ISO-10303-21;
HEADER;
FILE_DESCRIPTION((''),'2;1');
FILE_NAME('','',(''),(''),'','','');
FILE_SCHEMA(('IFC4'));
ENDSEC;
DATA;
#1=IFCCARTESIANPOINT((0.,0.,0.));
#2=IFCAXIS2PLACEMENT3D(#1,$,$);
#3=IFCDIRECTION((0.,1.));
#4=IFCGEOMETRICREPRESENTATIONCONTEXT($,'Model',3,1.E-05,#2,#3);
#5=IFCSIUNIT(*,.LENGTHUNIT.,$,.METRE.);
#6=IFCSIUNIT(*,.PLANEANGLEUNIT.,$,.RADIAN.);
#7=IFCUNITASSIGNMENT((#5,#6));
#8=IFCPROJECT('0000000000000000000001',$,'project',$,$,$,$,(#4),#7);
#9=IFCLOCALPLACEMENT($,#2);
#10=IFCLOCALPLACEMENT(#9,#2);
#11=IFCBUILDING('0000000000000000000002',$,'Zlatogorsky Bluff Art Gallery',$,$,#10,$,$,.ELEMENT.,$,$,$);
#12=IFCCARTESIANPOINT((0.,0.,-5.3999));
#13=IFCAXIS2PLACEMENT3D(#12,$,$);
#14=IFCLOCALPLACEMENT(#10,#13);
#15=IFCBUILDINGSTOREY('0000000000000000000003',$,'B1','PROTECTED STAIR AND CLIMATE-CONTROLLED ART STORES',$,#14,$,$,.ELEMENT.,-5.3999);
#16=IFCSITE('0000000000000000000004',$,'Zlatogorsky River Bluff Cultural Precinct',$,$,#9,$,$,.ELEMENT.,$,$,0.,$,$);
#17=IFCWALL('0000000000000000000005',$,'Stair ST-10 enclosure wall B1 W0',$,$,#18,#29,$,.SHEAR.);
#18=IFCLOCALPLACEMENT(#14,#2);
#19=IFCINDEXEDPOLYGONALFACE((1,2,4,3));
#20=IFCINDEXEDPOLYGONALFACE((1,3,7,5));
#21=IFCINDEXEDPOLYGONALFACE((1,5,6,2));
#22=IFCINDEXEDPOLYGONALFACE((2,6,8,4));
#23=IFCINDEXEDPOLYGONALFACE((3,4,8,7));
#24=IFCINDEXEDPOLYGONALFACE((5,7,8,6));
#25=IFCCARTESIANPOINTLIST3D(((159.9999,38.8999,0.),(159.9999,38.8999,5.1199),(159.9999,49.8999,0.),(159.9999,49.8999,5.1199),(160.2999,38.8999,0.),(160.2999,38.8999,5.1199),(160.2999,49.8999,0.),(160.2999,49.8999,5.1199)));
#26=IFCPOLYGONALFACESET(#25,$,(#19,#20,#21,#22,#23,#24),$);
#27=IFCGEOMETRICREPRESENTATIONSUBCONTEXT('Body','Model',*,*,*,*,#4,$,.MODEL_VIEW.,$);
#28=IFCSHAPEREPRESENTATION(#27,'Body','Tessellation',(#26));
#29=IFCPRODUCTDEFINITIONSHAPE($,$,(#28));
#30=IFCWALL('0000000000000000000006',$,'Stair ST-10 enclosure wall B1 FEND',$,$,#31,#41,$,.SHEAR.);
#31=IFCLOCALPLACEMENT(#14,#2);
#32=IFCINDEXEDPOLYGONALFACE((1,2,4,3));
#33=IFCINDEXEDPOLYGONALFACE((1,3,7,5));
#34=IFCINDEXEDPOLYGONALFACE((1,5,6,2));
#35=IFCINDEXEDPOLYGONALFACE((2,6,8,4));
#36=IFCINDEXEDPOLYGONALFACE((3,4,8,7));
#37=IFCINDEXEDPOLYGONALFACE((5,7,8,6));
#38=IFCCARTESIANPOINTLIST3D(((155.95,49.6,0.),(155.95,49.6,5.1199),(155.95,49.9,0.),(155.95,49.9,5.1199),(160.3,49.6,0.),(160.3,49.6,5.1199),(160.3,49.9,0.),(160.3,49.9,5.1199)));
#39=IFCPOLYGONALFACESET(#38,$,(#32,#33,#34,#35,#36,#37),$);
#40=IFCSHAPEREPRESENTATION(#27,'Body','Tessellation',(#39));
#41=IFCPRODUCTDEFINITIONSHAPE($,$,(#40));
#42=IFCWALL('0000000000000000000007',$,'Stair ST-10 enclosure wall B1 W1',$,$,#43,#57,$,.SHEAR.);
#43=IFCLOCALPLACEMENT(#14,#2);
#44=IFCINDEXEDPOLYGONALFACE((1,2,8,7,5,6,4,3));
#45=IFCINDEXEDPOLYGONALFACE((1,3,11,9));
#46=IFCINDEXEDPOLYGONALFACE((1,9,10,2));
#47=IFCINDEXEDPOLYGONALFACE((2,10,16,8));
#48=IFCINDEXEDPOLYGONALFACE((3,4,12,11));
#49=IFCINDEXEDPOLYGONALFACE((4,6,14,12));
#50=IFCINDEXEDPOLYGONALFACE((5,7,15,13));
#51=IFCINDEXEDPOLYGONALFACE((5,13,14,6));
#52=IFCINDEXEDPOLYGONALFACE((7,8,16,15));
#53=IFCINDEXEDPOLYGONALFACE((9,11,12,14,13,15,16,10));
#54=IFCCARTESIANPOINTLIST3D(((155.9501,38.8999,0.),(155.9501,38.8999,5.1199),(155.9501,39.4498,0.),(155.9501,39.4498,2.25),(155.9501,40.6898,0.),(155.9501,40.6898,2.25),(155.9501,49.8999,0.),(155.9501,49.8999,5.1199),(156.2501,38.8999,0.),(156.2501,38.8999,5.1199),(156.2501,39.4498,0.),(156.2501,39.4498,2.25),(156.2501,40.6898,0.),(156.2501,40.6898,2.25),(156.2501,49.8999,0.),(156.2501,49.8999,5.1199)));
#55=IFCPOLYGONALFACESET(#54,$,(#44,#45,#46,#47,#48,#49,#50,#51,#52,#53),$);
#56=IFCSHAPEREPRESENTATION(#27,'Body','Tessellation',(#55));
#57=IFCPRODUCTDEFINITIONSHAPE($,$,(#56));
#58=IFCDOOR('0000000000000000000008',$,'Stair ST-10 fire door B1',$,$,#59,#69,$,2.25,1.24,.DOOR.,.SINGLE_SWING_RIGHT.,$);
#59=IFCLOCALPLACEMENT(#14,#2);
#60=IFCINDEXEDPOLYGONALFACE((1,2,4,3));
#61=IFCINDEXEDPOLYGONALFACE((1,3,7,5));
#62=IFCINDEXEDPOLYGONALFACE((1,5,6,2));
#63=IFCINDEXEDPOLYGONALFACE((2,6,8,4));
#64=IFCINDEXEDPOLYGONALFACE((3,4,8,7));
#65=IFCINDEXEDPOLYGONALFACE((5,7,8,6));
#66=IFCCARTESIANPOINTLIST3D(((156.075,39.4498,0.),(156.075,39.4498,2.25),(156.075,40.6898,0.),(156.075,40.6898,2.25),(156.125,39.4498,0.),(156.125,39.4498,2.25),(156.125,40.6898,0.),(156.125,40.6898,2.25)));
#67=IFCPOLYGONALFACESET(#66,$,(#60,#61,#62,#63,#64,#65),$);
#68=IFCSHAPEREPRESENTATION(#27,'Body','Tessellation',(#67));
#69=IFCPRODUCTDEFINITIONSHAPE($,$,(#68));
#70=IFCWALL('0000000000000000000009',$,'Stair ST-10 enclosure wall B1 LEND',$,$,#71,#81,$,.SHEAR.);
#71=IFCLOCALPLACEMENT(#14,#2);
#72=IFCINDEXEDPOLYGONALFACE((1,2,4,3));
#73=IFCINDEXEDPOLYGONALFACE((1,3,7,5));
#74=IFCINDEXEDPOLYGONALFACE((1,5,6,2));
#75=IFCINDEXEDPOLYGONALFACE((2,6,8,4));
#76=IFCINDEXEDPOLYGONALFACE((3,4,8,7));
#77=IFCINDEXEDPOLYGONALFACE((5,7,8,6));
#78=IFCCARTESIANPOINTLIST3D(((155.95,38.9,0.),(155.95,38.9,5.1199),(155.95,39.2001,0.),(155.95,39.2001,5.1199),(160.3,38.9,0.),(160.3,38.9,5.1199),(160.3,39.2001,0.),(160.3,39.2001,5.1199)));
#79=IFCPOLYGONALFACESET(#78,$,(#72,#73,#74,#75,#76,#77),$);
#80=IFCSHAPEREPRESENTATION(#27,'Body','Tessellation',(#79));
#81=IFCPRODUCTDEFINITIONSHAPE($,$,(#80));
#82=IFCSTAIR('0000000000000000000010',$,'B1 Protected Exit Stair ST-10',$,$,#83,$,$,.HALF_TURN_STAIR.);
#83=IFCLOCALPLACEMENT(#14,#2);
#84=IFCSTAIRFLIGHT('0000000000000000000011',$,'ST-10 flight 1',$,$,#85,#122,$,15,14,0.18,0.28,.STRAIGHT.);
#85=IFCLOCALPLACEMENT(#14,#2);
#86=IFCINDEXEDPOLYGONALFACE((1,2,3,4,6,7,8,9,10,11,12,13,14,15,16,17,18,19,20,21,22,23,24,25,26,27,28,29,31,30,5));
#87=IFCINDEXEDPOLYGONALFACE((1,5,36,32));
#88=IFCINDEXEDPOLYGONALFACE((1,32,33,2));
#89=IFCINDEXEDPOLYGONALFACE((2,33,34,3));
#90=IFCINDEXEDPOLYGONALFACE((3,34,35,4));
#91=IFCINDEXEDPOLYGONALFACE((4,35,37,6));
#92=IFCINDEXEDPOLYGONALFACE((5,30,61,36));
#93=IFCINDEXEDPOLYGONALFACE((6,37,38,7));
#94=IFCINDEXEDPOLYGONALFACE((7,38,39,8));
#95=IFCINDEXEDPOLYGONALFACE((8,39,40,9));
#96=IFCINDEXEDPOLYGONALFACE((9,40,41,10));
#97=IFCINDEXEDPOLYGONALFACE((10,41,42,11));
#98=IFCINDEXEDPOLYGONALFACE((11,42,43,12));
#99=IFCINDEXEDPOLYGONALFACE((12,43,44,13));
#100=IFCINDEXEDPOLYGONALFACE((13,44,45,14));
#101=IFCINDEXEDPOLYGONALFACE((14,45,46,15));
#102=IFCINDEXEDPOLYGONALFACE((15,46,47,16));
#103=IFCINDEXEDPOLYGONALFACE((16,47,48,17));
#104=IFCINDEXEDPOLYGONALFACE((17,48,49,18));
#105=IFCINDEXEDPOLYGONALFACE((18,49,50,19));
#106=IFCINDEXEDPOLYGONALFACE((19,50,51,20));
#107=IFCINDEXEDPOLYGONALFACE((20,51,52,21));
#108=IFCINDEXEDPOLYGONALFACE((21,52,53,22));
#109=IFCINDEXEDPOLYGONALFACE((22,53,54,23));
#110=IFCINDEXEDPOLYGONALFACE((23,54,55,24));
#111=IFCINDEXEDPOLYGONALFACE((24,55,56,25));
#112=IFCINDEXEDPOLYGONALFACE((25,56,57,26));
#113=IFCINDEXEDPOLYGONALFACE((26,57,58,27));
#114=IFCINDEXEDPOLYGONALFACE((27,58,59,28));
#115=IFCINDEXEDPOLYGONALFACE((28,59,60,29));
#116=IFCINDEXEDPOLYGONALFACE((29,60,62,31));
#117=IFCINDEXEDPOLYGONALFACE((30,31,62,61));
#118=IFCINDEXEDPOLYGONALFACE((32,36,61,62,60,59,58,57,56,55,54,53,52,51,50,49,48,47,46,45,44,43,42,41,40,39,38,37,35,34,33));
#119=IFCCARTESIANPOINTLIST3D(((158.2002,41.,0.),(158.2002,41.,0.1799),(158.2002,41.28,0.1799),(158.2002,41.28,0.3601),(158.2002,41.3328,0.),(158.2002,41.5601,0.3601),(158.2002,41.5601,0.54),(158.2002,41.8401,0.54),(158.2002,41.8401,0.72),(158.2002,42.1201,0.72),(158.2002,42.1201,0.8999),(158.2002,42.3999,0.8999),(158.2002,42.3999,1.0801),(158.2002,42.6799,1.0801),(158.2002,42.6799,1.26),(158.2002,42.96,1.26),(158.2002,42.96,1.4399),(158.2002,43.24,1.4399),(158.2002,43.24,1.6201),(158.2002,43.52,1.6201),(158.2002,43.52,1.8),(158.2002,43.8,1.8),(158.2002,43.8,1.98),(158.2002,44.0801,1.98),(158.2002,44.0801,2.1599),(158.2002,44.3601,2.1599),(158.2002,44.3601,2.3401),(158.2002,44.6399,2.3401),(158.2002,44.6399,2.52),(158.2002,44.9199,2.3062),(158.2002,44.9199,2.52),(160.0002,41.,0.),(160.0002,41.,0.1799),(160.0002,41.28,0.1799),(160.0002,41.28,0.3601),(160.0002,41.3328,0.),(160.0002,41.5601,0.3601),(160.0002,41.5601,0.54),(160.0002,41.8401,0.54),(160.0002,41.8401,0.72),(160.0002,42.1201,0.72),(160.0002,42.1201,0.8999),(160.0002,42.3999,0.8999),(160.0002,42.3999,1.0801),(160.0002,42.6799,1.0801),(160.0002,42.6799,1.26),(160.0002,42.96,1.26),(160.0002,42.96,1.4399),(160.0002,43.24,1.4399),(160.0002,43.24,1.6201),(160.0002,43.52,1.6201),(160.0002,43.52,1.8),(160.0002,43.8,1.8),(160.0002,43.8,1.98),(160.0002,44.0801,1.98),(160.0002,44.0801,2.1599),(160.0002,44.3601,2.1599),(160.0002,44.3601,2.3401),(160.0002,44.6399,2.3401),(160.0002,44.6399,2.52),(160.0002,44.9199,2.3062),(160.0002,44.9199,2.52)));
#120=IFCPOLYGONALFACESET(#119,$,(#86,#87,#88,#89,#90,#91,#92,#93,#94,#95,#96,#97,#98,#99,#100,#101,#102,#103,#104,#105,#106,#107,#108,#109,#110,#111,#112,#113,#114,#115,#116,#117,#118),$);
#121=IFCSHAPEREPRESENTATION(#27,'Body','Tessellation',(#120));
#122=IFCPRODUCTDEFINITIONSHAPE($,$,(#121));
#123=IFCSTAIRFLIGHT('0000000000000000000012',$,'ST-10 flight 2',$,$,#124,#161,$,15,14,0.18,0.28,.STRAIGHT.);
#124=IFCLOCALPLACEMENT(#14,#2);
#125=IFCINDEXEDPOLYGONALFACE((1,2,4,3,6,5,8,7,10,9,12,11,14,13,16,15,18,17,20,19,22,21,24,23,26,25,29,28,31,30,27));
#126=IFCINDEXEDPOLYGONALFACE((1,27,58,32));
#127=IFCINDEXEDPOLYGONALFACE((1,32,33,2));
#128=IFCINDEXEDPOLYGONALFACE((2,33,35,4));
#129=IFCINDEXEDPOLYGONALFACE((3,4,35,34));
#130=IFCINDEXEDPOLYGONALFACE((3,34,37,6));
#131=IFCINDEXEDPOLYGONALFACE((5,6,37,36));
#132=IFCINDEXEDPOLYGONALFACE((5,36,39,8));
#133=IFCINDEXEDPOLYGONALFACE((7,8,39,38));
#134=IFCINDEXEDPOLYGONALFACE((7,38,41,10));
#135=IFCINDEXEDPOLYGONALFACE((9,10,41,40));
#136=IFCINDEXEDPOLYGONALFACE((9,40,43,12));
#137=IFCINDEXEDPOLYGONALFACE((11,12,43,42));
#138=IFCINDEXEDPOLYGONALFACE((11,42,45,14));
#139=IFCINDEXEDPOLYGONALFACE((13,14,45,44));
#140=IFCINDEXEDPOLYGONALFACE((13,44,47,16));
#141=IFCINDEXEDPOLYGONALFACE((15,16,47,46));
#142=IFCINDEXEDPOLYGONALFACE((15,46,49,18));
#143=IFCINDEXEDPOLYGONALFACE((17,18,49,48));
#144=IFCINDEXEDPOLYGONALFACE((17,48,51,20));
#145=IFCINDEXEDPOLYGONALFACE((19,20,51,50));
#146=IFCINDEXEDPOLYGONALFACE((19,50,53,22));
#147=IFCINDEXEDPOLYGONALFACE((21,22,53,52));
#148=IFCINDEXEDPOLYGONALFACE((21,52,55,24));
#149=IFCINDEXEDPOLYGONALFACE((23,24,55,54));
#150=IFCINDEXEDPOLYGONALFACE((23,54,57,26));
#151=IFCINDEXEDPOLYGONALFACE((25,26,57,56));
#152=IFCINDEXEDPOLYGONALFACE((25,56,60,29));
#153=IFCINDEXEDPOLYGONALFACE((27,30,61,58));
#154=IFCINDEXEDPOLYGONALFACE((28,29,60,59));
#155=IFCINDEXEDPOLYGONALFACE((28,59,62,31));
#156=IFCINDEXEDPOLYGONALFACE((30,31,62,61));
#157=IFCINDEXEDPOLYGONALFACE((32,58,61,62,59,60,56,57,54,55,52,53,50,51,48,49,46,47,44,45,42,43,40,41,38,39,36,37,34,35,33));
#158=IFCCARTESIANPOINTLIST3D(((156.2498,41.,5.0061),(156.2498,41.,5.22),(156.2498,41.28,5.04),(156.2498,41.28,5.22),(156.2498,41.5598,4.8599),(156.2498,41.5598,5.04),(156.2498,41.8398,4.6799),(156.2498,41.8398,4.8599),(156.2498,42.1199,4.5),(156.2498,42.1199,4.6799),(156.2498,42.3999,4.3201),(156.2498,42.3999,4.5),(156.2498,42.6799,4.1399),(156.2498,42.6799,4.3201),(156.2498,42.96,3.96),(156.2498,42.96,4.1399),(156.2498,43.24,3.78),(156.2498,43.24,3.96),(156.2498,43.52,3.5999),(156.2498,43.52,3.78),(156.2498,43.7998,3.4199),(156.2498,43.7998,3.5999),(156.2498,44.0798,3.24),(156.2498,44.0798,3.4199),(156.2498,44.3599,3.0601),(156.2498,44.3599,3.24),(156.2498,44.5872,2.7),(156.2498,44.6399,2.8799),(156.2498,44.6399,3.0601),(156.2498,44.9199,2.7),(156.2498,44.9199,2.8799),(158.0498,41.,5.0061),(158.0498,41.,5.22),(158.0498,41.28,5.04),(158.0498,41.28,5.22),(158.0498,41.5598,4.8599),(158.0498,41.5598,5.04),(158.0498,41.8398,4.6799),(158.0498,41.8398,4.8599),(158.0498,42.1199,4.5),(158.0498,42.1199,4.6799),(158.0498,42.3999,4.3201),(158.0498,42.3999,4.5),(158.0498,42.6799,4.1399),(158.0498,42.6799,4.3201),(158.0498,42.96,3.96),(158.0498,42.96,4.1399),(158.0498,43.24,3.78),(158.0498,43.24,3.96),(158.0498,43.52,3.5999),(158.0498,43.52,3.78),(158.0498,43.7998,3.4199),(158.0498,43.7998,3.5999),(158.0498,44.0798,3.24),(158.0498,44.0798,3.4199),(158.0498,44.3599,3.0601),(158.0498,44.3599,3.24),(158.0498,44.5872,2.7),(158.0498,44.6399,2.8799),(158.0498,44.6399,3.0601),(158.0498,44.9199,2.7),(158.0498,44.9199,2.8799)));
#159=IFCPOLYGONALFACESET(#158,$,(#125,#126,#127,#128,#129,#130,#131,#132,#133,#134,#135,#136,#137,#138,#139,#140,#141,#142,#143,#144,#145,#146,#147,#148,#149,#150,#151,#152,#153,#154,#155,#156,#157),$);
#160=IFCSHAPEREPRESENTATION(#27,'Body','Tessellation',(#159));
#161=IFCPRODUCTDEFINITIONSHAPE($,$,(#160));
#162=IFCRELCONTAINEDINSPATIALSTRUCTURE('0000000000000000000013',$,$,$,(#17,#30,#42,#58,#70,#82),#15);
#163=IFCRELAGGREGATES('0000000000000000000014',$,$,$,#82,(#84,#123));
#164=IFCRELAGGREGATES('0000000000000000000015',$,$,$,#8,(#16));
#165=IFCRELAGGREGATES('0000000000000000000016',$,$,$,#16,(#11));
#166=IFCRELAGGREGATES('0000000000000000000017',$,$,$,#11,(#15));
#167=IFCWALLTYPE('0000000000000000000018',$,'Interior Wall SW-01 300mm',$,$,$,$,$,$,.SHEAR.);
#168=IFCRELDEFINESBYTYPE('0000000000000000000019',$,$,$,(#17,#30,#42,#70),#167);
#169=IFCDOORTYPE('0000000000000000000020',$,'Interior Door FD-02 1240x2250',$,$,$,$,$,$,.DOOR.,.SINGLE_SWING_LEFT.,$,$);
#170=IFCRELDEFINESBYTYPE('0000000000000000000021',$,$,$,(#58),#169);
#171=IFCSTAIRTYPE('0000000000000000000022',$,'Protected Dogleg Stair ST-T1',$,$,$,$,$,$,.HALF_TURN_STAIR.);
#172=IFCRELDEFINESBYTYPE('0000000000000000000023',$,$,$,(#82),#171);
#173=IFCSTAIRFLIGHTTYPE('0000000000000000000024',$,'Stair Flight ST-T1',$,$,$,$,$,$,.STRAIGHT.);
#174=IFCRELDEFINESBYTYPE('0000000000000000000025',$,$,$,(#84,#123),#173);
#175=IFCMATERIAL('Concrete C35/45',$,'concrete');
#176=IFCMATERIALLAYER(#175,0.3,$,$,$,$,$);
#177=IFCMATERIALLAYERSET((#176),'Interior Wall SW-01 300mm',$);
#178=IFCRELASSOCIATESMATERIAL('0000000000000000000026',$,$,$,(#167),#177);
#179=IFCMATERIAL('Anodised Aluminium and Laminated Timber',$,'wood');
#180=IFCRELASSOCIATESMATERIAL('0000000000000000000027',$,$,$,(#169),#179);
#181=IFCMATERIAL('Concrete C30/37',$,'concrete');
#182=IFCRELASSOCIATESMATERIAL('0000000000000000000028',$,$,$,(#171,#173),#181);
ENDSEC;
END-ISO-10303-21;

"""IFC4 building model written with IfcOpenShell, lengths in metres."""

from ifc_helpers import new_model, si_unit, direction, frame, frame_2d, origin, place, context, subcontext, project, spatial, polyline, rectangle, outline, extrude, material, layer, layer_set, type_object, element, fill, aggregate, save


model = new_model("IFC4")

# Units and contexts
model_context = context("Model", 3, precision=1e-05, world=origin(), true_north=direction((0.0, 1.0)))
body_context = subcontext(model_context, "Body", "Model", "MODEL_VIEW")
ifc_project = project(units=[si_unit("LENGTHUNIT", "METRE"), si_unit("PLANEANGLEUNIT", "RADIAN")], contexts=[model_context])

# Site, building, storey
site_placement = place(None, origin())
site = spatial("IfcSite", under=ifc_project, at=site_placement, Name="Zlatogorsky River Bluff Cultural Precinct", CompositionType="ELEMENT", RefElevation=0.0)
building_placement = place(site_placement, origin())
building = spatial("IfcBuilding", under=site, at=building_placement, Name="Zlatogorsky Bluff Art Gallery", CompositionType="ELEMENT")
storey_placement = place(building_placement, frame((0.0, 0.0, -5.3999)))
storey = spatial("IfcBuildingStorey", under=building, at=storey_placement, Name="B1", Description="PROTECTED STAIR AND CLIMATE-CONTROLLED ART STORES", CompositionType="ELEMENT", Elevation=-5.3999)

# Shared definitions
ifc_material_1 = material(Name="Concrete C35/45", Category="concrete")

# Walls
ifc_layer_1 = layer(ifc_material_1, 0.3)
ifc_layer_set_1 = layer_set([ifc_layer_1], Name="Interior Wall SW-01 300mm")
wall_type_1 = type_object("IfcWallType", Name="Interior Wall SW-01 300mm", PredefinedType="SHEAR", material=ifc_layer_set_1)
wall_1_placement = place(storey_placement, frame((160.1499, 38.8999, 0.0), z_axis=(0.0, 0.0, 1.0), x_axis=(0.0, 1.0, 0.0)))
element("IfcWall", 1, at=wall_1_placement, inside=storey, type_object=wall_type_1, Name="Stair ST-10 enclosure wall B1 W0", PredefinedType="SHEAR", context=body_context, shape_type="SweptSolid", body=[
    extrude(rectangle(XDim=11.0, YDim=0.3, at=frame_2d((5.5, 0.0))), origin(), (0.0, 0.0, 1.0), 5.1199),
])
wall_2_placement = place(storey_placement, frame((160.3, 49.75, 0.0), z_axis=(0.0, 0.0, 1.0), x_axis=(-1.0, 0.0, 0.0)))
element("IfcWall", 2, at=wall_2_placement, inside=storey, type_object=wall_type_1, Name="Stair ST-10 enclosure wall B1 FEND", PredefinedType="SHEAR", context=body_context, shape_type="SweptSolid", body=[
    extrude(rectangle(XDim=4.3501, YDim=0.3, at=frame_2d((2.175, 0.0))), origin(), (0.0, 0.0, 1.0), 5.1199),
])

# Wall, opening, door
wall_3_placement = place(storey_placement, frame((156.1001, 49.8999, 0.0), z_axis=(0.0, 0.0, 1.0), x_axis=(0.0, -1.0, 0.0)))
wall_3 = element("IfcWall", 3, at=wall_3_placement, inside=storey, type_object=wall_type_1, Name="Stair ST-10 enclosure wall B1 W1", PredefinedType="SHEAR", context=body_context, shape_type="SweptSolid", body=[
    extrude(rectangle(XDim=11.0, YDim=0.3, at=frame_2d((5.5, 0.0))), origin(), (0.0, 0.0, 1.0), 5.1199),
])
opening_placement = place(wall_3_placement, frame((9.21, 0.0, 0.0)))
opening = element("IfcOpeningElement", 4, at=opening_placement, cuts=wall_3, PredefinedType="OPENING", context=body_context, shape_type="SweptSolid", body=[
    extrude(rectangle(XDim=1.24, YDim=2.25, at=frame_2d((0.6201, 1.125))), frame((0.0, 0.1599, 0.0), z_axis=(0.0, -1.0, 0.0), x_axis=(1.0, 0.0, 0.0)), (0.0, 0.0, 1.0), 0.3201),
])
ifc_material_2 = material(Name="Anodised Aluminium and Laminated Timber", Category="wood")
door_type = type_object("IfcDoorType", Name="Interior Door FD-02 1240x2250", OperationType="SINGLE_SWING_LEFT", PredefinedType="DOOR", material=ifc_material_2)
door_placement = place(opening_placement, origin())
door = element("IfcDoor", 5, at=door_placement, inside=storey, type_object=door_type, Name="Stair ST-10 fire door B1", OperationType="SINGLE_SWING_RIGHT", OverallHeight=2.25, OverallWidth=1.24, PredefinedType="DOOR", context=body_context, shape_type="SweptSolid", body=[
    extrude(rectangle(XDim=1.24, YDim=2.25, at=frame_2d((0.6201, 1.125))), frame((0.0, 0.0249, 0.0), z_axis=(0.0, -1.0, 0.0), x_axis=(1.0, 0.0, 0.0)), (0.0, 0.0, 1.0), 0.05),
])
fill(opening, door)

# Wall
wall_4_placement = place(storey_placement, frame((155.95, 39.05, 0.0), z_axis=(0.0, 0.0, 1.0), x_axis=(1.0, 0.0, 0.0)))
element("IfcWall", 6, at=wall_4_placement, inside=storey, type_object=wall_type_1, Name="Stair ST-10 enclosure wall B1 LEND", PredefinedType="SHEAR", context=body_context, shape_type="SweptSolid", body=[
    extrude(rectangle(XDim=4.3501, YDim=0.3, at=frame_2d((2.175, 0.0))), origin(), (0.0, 0.0, 1.0), 5.1199),
])

# Stair, stair flights
ifc_material_3 = material(Name="Concrete C30/37", Category="concrete")
stair_type = type_object("IfcStairType", Name="Protected Dogleg Stair ST-T1", PredefinedType="HALF_TURN_STAIR", material=ifc_material_3)
stair_placement = place(storey_placement, origin())
stair = element("IfcStair", 7, at=stair_placement, inside=storey, type_object=stair_type, Name="B1 Protected Exit Stair ST-10", PredefinedType="HALF_TURN_STAIR")
stair_flight_type = type_object("IfcStairFlightType", Name="Stair Flight ST-T1", PredefinedType="STRAIGHT", material=ifc_material_3)
stair_flight_1_placement = place(storey_placement, frame((159.1001, 41.0, 0.0), z_axis=(0.0, 0.0, 1.0), x_axis=(0.0, 1.0, 0.0)))
stair_flight_1 = element("IfcStairFlight", 8, at=stair_flight_1_placement, type_object=stair_flight_type, Name="ST-10 flight 1", NumberOfRisers=15, NumberOfTreads=14, PredefinedType="STRAIGHT", RiserHeight=0.18, TreadLength=0.28, context=body_context, shape_type="SweptSolid", body=[
    extrude(outline(polyline([(0.0, 0.0), (0.0, 0.1799), (0.28, 0.1799), (0.28, 0.3601), (0.5601, 0.3601), (0.5601, 0.54), (0.8401, 0.54), (0.8401, 0.72), (1.1201, 0.72), (1.1201, 0.8999), (1.3999, 0.8999), (1.3999, 1.0801), (1.6799, 1.0801), (1.6799, 1.26), (1.96, 1.26), (1.96, 1.4399), (2.24, 1.4399), (2.24, 1.6201), (2.52, 1.6201), (2.52, 1.8), (2.8, 1.8), (2.8, 1.98), (3.0801, 1.98), (3.0801, 2.1599), (3.3601, 2.1599), (3.3601, 2.3401), (3.6399, 2.3401), (3.6399, 2.52), (3.9199, 2.52), (3.9199, 2.7), (3.9199, 2.3062), (0.3328, 0.0), (0.0, 0.0)])), frame((0.0, 0.8999, 0.0), z_axis=(0.0, -1.0, 0.0), x_axis=(1.0, 0.0, 0.0)), (0.0, 0.0, 1.0), 1.8),
])
stair_flight_2_placement = place(storey_placement, frame((157.1499, 44.9199, 2.7), z_axis=(0.0, 0.0, 1.0), x_axis=(0.0, -1.0, 0.0)))
stair_flight_2 = element("IfcStairFlight", 9, at=stair_flight_2_placement, type_object=stair_flight_type, Name="ST-10 flight 2", NumberOfRisers=15, NumberOfTreads=14, PredefinedType="STRAIGHT", RiserHeight=0.18, TreadLength=0.28, context=body_context, shape_type="SweptSolid", body=[
    extrude(outline(polyline([(0.0, 0.0), (0.0, 0.1799), (0.28, 0.1799), (0.28, 0.3601), (0.5601, 0.3601), (0.5601, 0.54), (0.8401, 0.54), (0.8401, 0.72), (1.1201, 0.72), (1.1201, 0.8999), (1.3999, 0.8999), (1.3999, 1.0801), (1.6799, 1.0801), (1.6799, 1.26), (1.96, 1.26), (1.96, 1.4399), (2.24, 1.4399), (2.24, 1.6201), (2.52, 1.6201), (2.52, 1.8), (2.8, 1.8), (2.8, 1.98), (3.0801, 1.98), (3.0801, 2.1599), (3.3601, 2.1599), (3.3601, 2.3401), (3.6399, 2.3401), (3.6399, 2.52), (3.9199, 2.52), (3.9199, 2.7), (3.9199, 2.3062), (0.3328, 0.0), (0.0, 0.0)])), frame((0.0, 0.8999, 0.0), z_axis=(0.0, -1.0, 0.0), x_axis=(1.0, 0.0, 0.0)), (0.0, 0.0, 1.0), 1.8),
])
aggregate(stair, [stair_flight_1, stair_flight_2])

save(model, "model.ifc")
